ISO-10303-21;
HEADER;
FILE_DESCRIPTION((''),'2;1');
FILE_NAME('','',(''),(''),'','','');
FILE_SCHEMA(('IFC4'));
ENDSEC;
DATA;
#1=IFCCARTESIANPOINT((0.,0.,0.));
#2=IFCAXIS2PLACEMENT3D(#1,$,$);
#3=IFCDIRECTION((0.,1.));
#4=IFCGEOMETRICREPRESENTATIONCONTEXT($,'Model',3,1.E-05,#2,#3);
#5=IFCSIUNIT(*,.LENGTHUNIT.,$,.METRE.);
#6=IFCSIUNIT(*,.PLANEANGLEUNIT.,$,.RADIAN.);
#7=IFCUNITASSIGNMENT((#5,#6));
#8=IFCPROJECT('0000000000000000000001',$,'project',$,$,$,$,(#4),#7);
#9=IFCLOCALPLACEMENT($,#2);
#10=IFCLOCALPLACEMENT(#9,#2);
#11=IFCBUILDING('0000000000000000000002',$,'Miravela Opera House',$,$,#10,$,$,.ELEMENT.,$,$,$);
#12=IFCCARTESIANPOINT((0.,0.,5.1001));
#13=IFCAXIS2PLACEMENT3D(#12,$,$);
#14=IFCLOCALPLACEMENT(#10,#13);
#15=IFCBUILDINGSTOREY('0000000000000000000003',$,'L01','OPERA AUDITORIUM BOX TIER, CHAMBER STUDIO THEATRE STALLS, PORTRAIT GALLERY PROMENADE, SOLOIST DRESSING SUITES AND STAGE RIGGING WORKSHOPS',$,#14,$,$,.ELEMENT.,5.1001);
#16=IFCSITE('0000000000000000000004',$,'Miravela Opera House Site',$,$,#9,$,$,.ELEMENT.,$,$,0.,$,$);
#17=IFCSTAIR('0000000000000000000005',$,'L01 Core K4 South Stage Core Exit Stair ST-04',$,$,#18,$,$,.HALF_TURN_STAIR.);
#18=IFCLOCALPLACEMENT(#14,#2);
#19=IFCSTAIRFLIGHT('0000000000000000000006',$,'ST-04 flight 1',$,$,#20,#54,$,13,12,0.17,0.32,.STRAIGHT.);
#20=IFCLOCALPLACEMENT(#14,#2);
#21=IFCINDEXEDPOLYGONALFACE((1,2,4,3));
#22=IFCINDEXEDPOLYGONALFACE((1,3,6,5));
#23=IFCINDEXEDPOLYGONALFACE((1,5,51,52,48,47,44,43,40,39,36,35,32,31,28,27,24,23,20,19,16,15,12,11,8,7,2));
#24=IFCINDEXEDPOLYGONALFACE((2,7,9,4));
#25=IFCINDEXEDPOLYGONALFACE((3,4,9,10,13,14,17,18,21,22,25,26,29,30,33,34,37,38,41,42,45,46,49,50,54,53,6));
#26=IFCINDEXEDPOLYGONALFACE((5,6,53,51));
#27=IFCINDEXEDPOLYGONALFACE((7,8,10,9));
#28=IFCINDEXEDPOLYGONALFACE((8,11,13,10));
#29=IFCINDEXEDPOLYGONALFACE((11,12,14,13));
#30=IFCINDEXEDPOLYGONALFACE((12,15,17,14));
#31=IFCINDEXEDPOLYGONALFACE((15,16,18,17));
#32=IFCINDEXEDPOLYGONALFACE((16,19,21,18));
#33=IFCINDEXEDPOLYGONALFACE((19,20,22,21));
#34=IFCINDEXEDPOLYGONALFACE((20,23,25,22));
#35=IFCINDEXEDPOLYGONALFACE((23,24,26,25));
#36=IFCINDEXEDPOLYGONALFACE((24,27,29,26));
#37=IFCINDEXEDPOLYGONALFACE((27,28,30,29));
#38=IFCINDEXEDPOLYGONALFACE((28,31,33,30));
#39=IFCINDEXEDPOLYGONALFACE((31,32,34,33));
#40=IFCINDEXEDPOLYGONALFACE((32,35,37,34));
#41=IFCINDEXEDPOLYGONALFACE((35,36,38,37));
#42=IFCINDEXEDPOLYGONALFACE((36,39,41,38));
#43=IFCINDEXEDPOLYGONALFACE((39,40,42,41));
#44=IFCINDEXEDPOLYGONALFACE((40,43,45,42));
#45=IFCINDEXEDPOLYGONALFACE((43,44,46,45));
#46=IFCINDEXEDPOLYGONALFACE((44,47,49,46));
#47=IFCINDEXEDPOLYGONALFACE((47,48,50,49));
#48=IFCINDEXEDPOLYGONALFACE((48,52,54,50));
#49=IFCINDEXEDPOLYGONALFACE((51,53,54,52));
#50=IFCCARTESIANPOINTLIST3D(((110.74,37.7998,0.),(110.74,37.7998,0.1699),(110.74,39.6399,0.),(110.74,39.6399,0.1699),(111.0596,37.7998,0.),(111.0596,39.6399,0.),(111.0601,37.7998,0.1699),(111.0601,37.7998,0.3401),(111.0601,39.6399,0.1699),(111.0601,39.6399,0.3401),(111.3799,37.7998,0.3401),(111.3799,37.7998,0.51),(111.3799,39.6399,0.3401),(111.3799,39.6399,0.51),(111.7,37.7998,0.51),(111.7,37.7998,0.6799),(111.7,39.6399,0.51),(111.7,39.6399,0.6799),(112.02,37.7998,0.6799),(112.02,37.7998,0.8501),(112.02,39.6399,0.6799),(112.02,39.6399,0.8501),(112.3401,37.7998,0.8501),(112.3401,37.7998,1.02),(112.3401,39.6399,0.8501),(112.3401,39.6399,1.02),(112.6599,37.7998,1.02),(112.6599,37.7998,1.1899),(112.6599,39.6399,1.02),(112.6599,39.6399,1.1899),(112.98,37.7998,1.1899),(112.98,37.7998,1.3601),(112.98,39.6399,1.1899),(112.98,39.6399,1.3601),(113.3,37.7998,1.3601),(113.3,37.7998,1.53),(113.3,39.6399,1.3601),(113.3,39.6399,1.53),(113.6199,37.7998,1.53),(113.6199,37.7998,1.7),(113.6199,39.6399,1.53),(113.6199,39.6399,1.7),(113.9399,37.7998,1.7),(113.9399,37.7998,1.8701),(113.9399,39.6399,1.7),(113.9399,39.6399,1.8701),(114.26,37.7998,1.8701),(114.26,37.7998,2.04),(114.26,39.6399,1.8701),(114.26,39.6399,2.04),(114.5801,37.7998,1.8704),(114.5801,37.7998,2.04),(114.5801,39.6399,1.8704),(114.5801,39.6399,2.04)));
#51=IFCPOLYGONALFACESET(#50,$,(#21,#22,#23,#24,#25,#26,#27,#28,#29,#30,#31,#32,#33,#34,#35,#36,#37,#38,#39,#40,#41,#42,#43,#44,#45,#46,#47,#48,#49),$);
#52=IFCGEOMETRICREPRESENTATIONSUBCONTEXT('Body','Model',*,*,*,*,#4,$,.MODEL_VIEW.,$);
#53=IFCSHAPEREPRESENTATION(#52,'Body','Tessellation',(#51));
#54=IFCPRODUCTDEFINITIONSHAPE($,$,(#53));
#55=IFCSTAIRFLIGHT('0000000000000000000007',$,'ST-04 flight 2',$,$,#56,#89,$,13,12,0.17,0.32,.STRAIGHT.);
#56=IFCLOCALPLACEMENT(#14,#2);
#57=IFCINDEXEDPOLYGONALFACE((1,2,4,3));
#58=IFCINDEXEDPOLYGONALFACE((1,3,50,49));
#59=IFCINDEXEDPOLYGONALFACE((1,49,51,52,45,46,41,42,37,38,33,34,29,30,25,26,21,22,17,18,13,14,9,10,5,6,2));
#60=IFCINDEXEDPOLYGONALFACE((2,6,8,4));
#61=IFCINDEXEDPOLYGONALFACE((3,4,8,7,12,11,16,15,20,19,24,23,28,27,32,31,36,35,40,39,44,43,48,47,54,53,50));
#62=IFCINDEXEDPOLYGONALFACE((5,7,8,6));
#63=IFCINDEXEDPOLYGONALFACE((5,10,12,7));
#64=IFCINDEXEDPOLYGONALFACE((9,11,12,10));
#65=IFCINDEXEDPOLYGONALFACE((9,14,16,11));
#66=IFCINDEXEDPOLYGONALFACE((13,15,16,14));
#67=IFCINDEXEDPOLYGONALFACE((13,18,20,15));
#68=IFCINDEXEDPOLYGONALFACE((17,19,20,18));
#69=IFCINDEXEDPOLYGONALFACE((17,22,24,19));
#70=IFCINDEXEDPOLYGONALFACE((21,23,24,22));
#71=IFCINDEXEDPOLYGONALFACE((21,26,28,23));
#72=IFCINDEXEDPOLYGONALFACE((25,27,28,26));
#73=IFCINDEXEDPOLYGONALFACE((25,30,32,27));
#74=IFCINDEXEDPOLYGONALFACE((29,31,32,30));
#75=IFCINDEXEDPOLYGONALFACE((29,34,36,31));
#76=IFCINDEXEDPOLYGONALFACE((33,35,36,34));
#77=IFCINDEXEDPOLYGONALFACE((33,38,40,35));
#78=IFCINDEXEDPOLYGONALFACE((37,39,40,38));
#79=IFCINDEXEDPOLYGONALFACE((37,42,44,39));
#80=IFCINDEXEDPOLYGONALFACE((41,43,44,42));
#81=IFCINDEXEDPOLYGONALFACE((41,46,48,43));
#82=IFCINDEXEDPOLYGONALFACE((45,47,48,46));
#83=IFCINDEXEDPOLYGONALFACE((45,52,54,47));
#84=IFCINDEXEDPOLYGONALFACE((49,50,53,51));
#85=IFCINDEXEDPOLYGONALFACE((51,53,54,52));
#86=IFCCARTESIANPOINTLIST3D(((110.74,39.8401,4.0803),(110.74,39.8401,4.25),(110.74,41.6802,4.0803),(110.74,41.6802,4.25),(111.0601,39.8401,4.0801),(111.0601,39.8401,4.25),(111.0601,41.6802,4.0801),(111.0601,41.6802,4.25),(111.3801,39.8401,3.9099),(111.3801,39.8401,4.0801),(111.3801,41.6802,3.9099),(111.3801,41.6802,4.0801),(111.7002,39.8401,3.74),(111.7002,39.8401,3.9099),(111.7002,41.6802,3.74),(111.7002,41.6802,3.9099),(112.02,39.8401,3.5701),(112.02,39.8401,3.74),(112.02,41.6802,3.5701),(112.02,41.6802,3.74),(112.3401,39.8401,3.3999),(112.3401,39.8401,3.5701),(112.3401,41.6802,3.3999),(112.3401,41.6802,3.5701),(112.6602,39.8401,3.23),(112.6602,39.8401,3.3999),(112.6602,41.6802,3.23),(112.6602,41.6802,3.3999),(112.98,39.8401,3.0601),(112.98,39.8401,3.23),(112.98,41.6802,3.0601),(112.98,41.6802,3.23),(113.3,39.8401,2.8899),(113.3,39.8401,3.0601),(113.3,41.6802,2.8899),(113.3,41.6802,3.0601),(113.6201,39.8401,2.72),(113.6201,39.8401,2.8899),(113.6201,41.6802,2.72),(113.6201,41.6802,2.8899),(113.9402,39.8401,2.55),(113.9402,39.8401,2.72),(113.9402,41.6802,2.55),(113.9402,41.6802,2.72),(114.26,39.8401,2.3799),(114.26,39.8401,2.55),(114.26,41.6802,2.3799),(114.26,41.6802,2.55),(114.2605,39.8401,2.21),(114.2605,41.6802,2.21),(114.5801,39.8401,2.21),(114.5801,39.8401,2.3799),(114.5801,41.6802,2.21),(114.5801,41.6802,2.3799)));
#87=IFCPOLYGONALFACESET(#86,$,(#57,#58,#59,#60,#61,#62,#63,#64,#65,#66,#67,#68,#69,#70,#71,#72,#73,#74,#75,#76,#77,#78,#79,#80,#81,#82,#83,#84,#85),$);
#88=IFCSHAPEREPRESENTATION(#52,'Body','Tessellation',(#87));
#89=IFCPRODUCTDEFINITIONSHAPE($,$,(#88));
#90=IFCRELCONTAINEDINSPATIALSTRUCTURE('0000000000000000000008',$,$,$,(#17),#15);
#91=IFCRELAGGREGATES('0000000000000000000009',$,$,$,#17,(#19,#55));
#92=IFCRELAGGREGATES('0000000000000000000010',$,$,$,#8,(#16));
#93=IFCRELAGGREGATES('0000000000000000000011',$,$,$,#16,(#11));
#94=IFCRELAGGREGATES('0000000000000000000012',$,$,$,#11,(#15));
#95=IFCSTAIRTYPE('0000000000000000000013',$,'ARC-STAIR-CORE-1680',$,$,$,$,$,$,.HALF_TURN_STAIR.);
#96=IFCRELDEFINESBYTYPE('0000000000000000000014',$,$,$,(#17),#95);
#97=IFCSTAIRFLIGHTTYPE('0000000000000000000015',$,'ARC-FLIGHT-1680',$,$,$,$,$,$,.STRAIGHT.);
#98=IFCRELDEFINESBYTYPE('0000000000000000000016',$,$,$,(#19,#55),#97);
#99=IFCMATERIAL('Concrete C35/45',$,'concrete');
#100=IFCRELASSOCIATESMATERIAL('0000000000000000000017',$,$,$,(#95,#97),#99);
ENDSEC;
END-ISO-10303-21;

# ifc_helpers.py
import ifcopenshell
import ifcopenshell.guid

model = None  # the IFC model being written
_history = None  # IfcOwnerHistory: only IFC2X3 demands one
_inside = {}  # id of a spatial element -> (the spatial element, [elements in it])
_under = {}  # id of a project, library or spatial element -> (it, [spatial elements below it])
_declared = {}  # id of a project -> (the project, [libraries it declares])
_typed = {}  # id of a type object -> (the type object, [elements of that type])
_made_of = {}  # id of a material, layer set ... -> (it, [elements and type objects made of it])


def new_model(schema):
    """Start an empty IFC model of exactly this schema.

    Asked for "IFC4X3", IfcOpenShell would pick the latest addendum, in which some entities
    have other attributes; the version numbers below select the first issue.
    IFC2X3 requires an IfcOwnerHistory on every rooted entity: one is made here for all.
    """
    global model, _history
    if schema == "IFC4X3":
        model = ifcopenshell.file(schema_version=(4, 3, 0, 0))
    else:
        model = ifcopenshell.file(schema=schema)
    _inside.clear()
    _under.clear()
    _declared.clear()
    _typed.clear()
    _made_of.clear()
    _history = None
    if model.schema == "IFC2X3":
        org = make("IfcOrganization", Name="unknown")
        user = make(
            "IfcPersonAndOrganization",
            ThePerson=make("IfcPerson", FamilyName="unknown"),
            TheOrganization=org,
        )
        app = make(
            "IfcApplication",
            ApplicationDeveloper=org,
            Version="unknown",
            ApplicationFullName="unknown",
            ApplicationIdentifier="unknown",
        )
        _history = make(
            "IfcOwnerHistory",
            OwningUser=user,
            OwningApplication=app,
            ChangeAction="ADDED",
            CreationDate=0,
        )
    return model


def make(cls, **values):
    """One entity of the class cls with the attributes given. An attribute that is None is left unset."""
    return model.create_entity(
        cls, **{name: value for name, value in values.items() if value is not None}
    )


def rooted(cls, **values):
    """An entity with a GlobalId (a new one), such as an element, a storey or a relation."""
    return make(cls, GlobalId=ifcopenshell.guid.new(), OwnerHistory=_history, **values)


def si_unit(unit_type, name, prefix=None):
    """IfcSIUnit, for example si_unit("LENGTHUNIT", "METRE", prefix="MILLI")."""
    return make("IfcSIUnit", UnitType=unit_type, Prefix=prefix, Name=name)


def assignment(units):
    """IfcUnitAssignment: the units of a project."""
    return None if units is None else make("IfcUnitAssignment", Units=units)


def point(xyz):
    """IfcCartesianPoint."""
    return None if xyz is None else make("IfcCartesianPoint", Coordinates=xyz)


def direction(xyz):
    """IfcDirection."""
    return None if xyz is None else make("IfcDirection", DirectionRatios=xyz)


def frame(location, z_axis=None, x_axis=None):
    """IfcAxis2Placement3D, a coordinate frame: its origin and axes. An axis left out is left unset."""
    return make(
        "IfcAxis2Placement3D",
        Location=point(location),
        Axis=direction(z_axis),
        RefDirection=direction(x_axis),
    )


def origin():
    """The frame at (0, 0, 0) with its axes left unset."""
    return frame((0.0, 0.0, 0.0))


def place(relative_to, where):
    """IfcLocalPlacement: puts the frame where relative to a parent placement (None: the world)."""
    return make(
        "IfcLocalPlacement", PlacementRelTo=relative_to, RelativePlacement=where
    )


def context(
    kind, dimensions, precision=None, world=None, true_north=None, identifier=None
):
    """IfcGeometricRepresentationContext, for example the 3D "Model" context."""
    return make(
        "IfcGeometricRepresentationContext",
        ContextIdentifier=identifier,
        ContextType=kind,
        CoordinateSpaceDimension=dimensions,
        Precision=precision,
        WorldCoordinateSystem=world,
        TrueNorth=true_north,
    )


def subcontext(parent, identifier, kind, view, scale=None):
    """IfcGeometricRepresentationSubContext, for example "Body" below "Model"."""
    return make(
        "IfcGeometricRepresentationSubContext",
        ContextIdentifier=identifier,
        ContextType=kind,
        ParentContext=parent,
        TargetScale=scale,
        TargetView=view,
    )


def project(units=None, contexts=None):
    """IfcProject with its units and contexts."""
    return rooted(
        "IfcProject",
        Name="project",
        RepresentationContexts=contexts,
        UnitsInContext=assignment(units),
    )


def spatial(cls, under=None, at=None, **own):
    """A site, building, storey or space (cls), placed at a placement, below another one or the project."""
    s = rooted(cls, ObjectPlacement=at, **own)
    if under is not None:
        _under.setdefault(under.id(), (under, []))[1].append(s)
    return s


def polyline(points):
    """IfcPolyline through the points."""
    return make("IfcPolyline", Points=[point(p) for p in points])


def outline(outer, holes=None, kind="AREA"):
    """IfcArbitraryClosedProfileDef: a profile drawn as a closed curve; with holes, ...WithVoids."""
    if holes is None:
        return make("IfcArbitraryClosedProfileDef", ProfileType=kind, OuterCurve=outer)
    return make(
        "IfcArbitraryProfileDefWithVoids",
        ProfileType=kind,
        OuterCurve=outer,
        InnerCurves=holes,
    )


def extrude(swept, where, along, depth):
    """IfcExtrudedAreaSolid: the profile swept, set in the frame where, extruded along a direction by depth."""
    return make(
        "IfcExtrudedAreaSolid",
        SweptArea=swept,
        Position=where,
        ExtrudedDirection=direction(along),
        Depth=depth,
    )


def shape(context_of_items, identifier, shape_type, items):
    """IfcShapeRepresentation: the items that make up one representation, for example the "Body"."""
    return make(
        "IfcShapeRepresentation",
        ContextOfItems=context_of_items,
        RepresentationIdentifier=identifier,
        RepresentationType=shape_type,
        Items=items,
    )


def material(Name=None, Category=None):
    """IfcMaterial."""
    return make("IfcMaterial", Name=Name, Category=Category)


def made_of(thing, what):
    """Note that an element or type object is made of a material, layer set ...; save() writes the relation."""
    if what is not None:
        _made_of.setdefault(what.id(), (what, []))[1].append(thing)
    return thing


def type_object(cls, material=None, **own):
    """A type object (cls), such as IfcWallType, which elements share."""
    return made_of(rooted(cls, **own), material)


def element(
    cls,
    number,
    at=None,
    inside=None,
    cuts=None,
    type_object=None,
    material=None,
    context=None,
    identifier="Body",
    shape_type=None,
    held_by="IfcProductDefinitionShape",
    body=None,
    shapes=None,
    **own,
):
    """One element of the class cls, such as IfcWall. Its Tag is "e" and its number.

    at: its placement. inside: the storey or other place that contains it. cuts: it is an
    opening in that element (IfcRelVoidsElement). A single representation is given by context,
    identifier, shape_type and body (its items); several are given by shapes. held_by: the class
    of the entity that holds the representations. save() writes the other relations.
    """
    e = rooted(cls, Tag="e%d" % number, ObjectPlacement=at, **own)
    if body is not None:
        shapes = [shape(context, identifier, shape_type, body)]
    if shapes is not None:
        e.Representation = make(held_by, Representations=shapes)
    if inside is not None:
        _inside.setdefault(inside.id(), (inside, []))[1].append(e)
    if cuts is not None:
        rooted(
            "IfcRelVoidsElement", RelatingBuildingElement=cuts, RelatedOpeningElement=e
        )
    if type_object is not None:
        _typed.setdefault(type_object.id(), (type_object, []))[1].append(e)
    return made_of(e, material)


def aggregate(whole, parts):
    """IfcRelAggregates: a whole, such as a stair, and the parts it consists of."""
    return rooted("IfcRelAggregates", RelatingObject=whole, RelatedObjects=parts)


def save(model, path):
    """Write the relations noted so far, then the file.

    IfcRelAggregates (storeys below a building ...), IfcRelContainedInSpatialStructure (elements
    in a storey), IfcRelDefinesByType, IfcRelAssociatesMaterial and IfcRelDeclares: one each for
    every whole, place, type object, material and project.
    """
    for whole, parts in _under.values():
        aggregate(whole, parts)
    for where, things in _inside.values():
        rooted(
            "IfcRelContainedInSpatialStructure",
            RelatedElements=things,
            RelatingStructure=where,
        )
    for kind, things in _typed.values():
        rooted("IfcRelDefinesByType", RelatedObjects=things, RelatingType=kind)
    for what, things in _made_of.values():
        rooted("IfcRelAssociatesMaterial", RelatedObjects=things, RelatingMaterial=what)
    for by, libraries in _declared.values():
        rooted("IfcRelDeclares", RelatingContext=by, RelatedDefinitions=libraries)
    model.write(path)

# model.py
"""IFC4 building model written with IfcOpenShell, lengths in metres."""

from ifc_helpers import new_model, si_unit, direction, frame, origin, place, context, subcontext, project, spatial, polyline, outline, extrude, material, type_object, element, aggregate, save


model = new_model("IFC4")

# Units and contexts
model_context = context("Model", 3, precision=1e-05, world=origin(), true_north=direction((0.0, 1.0)))
body_context = subcontext(model_context, "Body", "Model", "MODEL_VIEW")
ifc_project = project(units=[si_unit("LENGTHUNIT", "METRE"), si_unit("PLANEANGLEUNIT", "RADIAN")], contexts=[model_context])

# Site, building, storey
site_placement = place(None, origin())
site = spatial("IfcSite", under=ifc_project, at=site_placement, Name="Miravela Opera House Site", CompositionType="ELEMENT", RefElevation=0.0)
building_placement = place(site_placement, origin())
building = spatial("IfcBuilding", under=site, at=building_placement, Name="Miravela Opera House", CompositionType="ELEMENT")
storey_placement = place(building_placement, frame((0.0, 0.0, 5.1001)))
storey = spatial("IfcBuildingStorey", under=building, at=storey_placement, Name="L01", Description="OPERA AUDITORIUM BOX TIER, CHAMBER STUDIO THEATRE STALLS, PORTRAIT GALLERY PROMENADE, SOLOIST DRESSING SUITES AND STAGE RIGGING WORKSHOPS", CompositionType="ELEMENT", Elevation=5.1001)

# Stair, stair flights
ifc_material_1 = material(Name="Concrete C35/45", Category="concrete")
stair_type = type_object("IfcStairType", Name="ARC-STAIR-CORE-1680", PredefinedType="HALF_TURN_STAIR", material=ifc_material_1)
stair_placement = place(storey_placement, origin())
stair = element("IfcStair", 1, at=stair_placement, inside=storey, type_object=stair_type, Name="L01 Core K4 South Stage Core Exit Stair ST-04", PredefinedType="HALF_TURN_STAIR")
stair_flight_type = type_object("IfcStairFlightType", Name="ARC-FLIGHT-1680", PredefinedType="STRAIGHT", material=ifc_material_1)
stair_flight_1_placement = place(storey_placement, frame((110.74, 38.72, 0.0), z_axis=(0.0, 0.0, 1.0), x_axis=(1.0, 0.0, 0.0)))
stair_flight_1 = element("IfcStairFlight", 2, at=stair_flight_1_placement, type_object=stair_flight_type, Name="ST-04 flight 1", NumberOfRisers=13, NumberOfTreads=12, PredefinedType="STRAIGHT", RiserHeight=0.17, TreadLength=0.32, context=body_context, shape_type="SweptSolid", body=[
    extrude(outline(polyline([(0.0, 0.0), (0.0, 0.1699), (0.3201, 0.1699), (0.3201, 0.3401), (0.6399, 0.3401), (0.6399, 0.51), (0.96, 0.51), (0.96, 0.6799), (1.28, 0.6799), (1.28, 0.8501), (1.6001, 0.8501), (1.6001, 1.02), (1.9199, 1.02), (1.9199, 1.1899), (2.24, 1.1899), (2.24, 1.3601), (2.5601, 1.3601), (2.5601, 1.53), (2.8799, 1.53), (2.8799, 1.7), (3.2, 1.7), (3.2, 1.8701), (3.52, 1.8701), (3.52, 2.04), (3.8401, 2.04), (3.8401, 2.21), (3.8401, 1.8704), (0.3196, 0.0), (0.0, 0.0)])), frame((0.0, 0.9199, 0.0), z_axis=(0.0, -1.0, 0.0), x_axis=(1.0, 0.0, 0.0)), (0.0, 0.0, 1.0), 1.8401),
])
stair_flight_2_placement = place(storey_placement, frame((114.5801, 40.76, 2.21), z_axis=(0.0, 0.0, 1.0), x_axis=(-1.0, 0.0, 0.0)))
stair_flight_2 = element("IfcStairFlight", 3, at=stair_flight_2_placement, type_object=stair_flight_type, Name="ST-04 flight 2", NumberOfRisers=13, NumberOfTreads=12, PredefinedType="STRAIGHT", RiserHeight=0.17, TreadLength=0.32, context=body_context, shape_type="SweptSolid", body=[
    extrude(outline(polyline([(0.0, 0.0), (0.0, 0.1699), (0.3201, 0.1699), (0.3201, 0.3401), (0.6399, 0.3401), (0.6399, 0.51), (0.96, 0.51), (0.96, 0.6799), (1.28, 0.6799), (1.28, 0.8501), (1.6001, 0.8501), (1.6001, 1.02), (1.9199, 1.02), (1.9199, 1.1899), (2.24, 1.1899), (2.24, 1.3601), (2.5601, 1.3601), (2.5601, 1.53), (2.8799, 1.53), (2.8799, 1.7), (3.2, 1.7), (3.2, 1.8701), (3.52, 1.8701), (3.52, 2.04), (3.8401, 2.04), (3.8401, 2.21), (3.8401, 1.8704), (0.3196, 0.0), (0.0, 0.0)])), frame((0.0, 0.9199, 0.0), z_axis=(0.0, -1.0, 0.0), x_axis=(1.0, 0.0, 0.0)), (0.0, 0.0, 1.0), 1.8401),
])
aggregate(stair, [stair_flight_1, stair_flight_2])

save(model, "model.ifc")
